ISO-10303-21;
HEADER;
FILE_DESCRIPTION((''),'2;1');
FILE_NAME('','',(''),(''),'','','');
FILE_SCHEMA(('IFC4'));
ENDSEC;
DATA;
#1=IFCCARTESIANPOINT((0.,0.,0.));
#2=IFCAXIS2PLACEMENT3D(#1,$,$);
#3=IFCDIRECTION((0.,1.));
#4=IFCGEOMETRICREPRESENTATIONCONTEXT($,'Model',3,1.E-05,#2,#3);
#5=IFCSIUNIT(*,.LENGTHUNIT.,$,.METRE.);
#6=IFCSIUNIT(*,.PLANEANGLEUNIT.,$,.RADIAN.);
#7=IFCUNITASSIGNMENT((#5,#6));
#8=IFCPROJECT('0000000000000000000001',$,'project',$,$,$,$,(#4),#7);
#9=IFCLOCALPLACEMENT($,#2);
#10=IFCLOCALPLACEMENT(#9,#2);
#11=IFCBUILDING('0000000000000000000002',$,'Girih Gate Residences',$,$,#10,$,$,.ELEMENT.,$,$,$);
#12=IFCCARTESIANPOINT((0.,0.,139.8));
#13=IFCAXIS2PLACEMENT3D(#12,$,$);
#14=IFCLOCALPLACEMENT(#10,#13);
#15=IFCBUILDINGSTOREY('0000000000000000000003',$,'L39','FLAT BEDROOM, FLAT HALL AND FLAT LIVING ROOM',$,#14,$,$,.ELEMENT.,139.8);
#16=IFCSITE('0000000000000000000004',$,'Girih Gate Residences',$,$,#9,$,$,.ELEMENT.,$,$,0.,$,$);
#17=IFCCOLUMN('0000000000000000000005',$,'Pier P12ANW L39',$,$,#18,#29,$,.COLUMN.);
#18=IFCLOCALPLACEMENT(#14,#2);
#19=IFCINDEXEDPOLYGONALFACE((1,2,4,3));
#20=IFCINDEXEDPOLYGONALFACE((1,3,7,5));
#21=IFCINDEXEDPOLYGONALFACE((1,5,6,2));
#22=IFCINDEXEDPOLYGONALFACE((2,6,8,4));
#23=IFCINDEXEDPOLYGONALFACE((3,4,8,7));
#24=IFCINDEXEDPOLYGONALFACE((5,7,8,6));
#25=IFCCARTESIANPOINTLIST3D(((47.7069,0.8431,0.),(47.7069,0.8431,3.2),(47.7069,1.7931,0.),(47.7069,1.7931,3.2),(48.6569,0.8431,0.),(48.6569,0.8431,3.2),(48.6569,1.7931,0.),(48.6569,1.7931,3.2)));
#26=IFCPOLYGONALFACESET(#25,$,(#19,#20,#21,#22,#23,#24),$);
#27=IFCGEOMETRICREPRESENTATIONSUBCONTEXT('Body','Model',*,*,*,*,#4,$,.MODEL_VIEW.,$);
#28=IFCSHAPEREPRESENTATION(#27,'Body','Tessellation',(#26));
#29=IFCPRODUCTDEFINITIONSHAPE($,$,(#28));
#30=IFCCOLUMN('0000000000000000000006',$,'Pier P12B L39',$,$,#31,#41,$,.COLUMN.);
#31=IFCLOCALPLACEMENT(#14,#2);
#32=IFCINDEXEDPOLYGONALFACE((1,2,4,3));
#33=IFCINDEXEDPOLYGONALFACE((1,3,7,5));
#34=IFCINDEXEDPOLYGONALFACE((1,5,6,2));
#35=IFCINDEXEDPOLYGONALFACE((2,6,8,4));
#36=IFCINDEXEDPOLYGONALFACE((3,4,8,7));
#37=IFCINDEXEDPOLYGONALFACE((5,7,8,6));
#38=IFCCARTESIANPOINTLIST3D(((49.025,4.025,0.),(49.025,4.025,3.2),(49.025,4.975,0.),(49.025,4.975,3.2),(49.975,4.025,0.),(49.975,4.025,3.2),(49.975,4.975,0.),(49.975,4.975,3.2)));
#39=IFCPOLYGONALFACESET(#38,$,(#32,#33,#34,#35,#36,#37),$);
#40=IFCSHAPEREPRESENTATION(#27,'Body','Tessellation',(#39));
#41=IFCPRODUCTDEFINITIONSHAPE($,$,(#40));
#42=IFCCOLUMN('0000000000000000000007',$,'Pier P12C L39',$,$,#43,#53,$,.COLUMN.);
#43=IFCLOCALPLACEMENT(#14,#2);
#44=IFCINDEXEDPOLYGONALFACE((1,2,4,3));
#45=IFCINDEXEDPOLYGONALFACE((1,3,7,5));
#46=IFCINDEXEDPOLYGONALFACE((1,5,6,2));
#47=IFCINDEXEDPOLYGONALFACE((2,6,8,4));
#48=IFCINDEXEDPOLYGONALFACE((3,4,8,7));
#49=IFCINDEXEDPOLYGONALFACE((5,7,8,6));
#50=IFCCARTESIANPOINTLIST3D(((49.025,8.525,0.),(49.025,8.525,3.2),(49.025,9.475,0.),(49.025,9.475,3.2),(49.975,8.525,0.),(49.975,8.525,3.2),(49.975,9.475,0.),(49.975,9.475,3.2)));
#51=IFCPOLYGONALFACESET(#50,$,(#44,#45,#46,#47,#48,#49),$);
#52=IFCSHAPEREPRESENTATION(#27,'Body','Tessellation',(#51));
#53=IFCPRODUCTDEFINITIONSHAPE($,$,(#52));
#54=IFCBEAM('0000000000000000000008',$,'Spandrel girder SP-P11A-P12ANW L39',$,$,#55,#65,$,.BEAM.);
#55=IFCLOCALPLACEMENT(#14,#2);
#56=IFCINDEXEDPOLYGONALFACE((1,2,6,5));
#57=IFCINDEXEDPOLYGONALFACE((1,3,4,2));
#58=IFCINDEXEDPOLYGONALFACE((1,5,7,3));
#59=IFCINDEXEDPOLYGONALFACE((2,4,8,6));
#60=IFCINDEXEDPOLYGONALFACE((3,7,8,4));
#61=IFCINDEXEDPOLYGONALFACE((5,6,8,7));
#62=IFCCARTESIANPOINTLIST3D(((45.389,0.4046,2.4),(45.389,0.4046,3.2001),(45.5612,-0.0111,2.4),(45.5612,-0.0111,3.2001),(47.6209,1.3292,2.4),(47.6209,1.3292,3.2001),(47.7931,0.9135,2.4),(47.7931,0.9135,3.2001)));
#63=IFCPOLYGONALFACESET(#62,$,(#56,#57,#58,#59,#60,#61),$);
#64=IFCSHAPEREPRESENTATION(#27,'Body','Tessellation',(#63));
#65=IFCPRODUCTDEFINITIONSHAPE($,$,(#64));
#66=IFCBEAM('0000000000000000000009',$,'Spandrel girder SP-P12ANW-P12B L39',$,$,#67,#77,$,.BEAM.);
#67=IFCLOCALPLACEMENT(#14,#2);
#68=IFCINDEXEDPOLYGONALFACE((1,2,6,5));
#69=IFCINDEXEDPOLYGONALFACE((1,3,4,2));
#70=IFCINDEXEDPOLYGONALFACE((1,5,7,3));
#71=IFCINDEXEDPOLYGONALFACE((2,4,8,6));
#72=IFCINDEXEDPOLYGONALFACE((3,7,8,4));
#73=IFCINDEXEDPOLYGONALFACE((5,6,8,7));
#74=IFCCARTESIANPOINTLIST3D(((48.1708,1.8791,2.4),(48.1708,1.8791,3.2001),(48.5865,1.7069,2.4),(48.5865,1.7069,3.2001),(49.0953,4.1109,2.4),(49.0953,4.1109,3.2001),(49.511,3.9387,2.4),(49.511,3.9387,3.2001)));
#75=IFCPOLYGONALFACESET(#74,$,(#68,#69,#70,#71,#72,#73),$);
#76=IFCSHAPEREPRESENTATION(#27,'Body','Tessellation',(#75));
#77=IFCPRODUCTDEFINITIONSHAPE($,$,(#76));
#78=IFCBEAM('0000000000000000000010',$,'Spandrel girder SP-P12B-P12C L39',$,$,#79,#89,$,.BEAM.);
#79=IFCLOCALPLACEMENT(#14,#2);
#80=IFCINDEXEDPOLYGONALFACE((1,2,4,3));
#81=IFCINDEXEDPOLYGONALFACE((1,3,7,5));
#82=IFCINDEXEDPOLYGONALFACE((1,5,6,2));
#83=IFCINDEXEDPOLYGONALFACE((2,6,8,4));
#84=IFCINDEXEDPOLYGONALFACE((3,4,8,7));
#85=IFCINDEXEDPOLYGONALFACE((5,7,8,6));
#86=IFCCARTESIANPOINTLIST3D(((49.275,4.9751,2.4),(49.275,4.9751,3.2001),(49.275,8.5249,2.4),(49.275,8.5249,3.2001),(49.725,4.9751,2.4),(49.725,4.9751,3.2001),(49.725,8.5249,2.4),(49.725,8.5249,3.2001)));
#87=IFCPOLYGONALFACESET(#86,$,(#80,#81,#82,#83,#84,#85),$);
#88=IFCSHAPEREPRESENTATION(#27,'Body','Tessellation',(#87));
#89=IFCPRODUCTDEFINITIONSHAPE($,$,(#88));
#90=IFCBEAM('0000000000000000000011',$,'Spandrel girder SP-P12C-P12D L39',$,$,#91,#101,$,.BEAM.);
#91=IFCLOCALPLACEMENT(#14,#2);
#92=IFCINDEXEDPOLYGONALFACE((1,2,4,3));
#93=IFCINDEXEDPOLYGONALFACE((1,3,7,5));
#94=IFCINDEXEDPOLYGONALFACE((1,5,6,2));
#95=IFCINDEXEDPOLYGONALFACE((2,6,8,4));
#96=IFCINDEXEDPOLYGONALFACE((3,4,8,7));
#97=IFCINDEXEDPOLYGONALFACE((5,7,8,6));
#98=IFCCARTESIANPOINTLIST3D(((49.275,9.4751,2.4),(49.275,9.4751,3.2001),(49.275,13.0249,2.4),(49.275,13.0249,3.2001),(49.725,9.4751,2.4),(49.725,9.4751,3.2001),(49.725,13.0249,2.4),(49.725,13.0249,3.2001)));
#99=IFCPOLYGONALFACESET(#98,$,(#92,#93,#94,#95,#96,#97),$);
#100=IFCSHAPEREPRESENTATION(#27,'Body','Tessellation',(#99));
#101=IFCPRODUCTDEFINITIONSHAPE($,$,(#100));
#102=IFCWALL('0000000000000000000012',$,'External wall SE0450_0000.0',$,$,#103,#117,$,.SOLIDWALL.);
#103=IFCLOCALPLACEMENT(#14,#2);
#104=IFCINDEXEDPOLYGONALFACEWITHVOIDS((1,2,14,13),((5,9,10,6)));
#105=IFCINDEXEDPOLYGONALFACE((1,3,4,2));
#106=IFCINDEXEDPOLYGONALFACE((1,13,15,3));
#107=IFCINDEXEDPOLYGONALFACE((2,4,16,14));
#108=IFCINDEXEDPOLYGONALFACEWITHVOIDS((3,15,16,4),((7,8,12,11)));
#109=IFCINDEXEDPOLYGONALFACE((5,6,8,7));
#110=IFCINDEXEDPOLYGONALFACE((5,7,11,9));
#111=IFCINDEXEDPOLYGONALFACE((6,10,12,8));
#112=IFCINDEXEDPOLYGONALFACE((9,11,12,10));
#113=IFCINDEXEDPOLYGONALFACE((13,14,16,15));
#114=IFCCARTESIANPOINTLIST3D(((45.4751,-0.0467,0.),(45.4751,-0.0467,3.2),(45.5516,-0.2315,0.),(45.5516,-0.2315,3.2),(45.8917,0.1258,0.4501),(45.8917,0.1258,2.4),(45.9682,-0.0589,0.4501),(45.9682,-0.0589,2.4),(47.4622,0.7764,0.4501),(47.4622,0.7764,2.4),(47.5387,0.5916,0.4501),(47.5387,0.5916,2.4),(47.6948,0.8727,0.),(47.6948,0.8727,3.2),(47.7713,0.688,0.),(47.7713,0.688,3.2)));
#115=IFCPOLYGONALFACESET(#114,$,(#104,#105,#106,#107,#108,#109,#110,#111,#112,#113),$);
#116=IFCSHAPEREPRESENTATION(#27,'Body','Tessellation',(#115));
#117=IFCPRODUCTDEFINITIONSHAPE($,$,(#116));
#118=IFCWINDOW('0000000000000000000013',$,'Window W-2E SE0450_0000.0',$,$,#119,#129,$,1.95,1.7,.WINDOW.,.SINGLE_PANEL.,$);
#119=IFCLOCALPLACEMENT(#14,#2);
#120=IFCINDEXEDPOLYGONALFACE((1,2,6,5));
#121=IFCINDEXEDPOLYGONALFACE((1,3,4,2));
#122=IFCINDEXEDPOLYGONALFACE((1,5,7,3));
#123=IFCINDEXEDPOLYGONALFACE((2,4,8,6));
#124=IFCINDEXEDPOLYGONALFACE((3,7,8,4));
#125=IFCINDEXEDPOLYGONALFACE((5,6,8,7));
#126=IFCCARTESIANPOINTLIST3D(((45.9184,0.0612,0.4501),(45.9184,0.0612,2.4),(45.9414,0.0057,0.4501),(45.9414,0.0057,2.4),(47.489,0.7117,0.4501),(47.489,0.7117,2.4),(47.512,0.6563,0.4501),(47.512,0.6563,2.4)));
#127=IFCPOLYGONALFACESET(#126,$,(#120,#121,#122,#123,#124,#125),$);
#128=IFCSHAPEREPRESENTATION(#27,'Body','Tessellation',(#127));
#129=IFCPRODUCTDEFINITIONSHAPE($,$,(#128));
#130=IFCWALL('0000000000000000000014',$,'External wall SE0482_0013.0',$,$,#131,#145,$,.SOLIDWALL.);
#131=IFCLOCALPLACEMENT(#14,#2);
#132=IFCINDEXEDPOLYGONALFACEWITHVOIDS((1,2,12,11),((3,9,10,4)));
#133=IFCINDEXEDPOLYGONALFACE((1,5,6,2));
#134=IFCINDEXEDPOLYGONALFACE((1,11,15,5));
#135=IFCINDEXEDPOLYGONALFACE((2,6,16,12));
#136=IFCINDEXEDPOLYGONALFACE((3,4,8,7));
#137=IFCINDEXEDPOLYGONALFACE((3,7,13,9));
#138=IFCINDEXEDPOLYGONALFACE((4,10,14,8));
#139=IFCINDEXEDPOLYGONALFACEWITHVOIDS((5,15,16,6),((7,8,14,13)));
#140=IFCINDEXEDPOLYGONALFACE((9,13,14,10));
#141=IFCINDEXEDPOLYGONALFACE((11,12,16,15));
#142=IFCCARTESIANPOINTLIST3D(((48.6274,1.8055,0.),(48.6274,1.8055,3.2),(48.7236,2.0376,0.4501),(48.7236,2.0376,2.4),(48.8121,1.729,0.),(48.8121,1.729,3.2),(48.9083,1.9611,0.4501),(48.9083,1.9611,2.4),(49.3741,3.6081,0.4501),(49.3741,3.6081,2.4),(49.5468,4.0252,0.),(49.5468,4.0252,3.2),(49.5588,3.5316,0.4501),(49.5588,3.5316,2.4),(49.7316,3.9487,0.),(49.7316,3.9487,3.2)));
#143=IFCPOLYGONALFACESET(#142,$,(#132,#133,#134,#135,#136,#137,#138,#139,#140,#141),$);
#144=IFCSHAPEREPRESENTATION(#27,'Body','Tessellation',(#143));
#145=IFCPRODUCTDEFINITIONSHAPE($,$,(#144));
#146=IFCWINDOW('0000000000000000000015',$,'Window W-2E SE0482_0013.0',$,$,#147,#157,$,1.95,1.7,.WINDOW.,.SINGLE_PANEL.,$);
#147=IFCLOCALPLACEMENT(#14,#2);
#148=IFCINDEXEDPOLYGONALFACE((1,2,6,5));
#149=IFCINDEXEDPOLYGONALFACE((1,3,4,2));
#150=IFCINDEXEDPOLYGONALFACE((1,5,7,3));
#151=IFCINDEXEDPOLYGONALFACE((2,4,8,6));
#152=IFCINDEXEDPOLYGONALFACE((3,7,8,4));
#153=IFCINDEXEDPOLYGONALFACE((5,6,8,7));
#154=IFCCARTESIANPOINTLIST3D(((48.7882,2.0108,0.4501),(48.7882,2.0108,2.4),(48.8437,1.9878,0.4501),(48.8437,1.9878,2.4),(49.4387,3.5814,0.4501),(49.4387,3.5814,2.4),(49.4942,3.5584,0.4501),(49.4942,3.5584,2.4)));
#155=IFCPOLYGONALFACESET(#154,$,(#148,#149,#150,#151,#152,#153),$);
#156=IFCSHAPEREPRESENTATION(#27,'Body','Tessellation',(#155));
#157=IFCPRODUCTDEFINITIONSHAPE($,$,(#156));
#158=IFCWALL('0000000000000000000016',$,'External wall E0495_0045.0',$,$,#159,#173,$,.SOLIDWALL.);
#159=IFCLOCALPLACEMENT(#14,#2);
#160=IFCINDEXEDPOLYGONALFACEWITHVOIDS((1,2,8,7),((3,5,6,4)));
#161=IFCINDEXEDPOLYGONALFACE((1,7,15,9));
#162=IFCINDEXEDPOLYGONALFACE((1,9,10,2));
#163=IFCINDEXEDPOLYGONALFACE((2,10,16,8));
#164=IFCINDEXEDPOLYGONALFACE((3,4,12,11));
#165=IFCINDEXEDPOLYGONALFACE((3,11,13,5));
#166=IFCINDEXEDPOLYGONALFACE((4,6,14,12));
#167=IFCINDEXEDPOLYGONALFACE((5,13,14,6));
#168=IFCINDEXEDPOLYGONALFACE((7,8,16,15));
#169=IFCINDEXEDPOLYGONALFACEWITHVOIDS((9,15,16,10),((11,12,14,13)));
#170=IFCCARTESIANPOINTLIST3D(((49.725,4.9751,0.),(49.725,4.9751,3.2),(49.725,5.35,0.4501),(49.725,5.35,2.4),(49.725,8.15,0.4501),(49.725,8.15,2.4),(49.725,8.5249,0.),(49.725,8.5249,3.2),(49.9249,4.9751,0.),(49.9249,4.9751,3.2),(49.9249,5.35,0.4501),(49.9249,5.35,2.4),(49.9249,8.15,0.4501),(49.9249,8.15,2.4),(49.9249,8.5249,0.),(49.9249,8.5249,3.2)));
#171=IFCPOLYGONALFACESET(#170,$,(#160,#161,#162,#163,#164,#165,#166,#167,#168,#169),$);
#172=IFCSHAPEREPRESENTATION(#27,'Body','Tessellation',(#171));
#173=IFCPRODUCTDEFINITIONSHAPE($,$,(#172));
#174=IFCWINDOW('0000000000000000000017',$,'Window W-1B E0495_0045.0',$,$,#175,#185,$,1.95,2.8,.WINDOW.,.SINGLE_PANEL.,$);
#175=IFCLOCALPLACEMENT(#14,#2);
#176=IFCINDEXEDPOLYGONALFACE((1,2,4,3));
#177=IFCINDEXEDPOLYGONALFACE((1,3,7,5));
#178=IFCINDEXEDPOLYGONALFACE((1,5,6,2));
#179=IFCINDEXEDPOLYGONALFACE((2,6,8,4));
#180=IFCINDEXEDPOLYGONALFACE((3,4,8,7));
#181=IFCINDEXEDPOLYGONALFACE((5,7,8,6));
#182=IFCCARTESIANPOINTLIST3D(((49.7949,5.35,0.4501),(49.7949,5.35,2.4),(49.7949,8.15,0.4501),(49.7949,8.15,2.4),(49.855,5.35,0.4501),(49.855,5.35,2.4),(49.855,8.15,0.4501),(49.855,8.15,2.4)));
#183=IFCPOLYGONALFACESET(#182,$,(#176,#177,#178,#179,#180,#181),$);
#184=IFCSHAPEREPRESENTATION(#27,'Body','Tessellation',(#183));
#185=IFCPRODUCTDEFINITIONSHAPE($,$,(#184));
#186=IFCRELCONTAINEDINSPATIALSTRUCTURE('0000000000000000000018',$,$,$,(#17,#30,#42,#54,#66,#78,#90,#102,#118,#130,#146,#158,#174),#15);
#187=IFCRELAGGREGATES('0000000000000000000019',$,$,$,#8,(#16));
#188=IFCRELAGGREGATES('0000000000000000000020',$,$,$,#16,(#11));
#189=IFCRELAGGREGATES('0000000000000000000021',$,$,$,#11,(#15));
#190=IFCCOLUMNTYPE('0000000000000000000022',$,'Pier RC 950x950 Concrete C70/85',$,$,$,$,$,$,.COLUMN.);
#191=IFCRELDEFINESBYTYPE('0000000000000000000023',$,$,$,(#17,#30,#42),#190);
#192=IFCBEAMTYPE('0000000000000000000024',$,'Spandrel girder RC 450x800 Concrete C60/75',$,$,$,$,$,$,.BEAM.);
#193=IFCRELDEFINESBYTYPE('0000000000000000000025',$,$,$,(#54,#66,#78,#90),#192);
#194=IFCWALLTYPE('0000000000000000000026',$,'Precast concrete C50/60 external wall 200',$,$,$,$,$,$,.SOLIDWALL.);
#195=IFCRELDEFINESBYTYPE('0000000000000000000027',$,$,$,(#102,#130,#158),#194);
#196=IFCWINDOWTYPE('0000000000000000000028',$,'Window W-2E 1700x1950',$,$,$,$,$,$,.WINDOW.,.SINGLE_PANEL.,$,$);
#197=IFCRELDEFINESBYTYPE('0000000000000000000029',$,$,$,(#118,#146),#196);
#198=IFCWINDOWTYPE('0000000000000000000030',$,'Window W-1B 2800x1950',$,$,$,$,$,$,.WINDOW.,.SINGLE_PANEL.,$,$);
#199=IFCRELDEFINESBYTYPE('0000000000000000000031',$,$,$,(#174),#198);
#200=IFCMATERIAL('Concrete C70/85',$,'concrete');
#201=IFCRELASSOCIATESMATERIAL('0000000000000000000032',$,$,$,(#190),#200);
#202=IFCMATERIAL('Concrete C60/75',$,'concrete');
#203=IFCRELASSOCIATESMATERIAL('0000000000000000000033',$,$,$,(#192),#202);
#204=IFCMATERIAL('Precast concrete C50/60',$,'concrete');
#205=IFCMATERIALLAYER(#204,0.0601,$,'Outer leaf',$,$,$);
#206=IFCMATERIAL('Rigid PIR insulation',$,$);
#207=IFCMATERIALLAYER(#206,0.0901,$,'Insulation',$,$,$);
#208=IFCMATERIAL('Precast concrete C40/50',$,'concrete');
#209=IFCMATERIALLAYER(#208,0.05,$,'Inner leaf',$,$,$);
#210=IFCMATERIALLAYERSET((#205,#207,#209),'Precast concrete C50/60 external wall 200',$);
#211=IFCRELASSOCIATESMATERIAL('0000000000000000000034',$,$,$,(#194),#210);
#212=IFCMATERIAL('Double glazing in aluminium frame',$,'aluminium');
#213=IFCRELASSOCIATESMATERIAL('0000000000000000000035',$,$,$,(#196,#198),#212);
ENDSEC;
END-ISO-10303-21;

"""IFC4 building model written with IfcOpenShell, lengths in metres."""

from ifc_helpers import new_model, si_unit, direction, frame, frame_2d, origin, origin_2d, place, context, subcontext, project, spatial, rectangle, extrude, material, layer, layer_set, material_profile, profile_set, type_object, element, fill, save


model = new_model("IFC4")

# Units and contexts
model_context = context("Model", 3, precision=1e-05, world=origin(), true_north=direction((0.0, 1.0)))
body_context = subcontext(model_context, "Body", "Model", "MODEL_VIEW")
ifc_project = project(units=[si_unit("LENGTHUNIT", "METRE"), si_unit("PLANEANGLEUNIT", "RADIAN")], contexts=[model_context])

# Site, building, storey
site_placement = place(None, origin())
site = spatial("IfcSite", under=ifc_project, at=site_placement, Name="Girih Gate Residences", CompositionType="ELEMENT", RefElevation=0.0)
building_placement = place(site_placement, origin())
building = spatial("IfcBuilding", under=site, at=building_placement, Name="Girih Gate Residences", CompositionType="ELEMENT")
storey_placement = place(building_placement, frame((0.0, 0.0, 139.8)))
storey = spatial("IfcBuildingStorey", under=building, at=storey_placement, Name="L39", Description="FLAT BEDROOM, FLAT HALL AND FLAT LIVING ROOM", CompositionType="ELEMENT", Elevation=139.8)

# Columns
ifc_material_1 = material(Name="Concrete C70/85", Category="concrete")
ifc_material_profile_1 = material_profile(ifc_material_1, rectangle(XDim=0.95, YDim=0.95, at=origin_2d()))
ifc_profile_set_1 = profile_set([ifc_material_profile_1], Name="Concrete C70/85")
column_type = type_object("IfcColumnType", Name="Pier RC 950x950 Concrete C70/85", PredefinedType="COLUMN", material=ifc_profile_set_1)
for number, where, z_axis, x_axis, name in (
    (1, (48.1819, 1.3181, 0.0), (0.0, 0.0, 1.0), (1.0, 0.0, 0.0), "Pier P12ANW L39"),
    (2, (49.5, 4.5, 0.0), (0.0, 0.0, 1.0), (1.0, 0.0, 0.0), "Pier P12B L39"),
    (3, (49.5, 9.0, 0.0), (0.0, 0.0, 1.0), (1.0, 0.0, 0.0), "Pier P12C L39"),
):
    element("IfcColumn", number, at=place(storey_placement, frame(where, z_axis=z_axis, x_axis=x_axis)), inside=storey, type_object=column_type, Name=name, PredefinedType="COLUMN", context=body_context, shape_type="SweptSolid", body=[
        extrude(rectangle(XDim=0.95, YDim=0.95, at=origin_2d()), origin(), (0.0, 0.0, 1.0), 3.2),
    ])

# Beams
ifc_material_2 = material(Name="Concrete C60/75", Category="concrete")
ifc_material_profile_2 = material_profile(ifc_material_2, rectangle(XDim=0.45, YDim=0.8, at=origin_2d()))
ifc_profile_set_2 = profile_set([ifc_material_profile_2], Name="Concrete C60/75")
beam_type = type_object("IfcBeamType", Name="Spandrel girder RC 450x800 Concrete C60/75", PredefinedType="BEAM", material=ifc_profile_set_2)
for number, where, z_axis, x_axis, name in (
    (4, (45.4751, 0.1968, 2.8), (0.92387, 0.382706, 0.0), (-0.382706, 0.92387, 0.0), "Spandrel girder SP-P11A-P12ANW L39"),
    (5, (48.3787, 1.793, 2.8), (0.382706, 0.92387, 0.0), (-0.92387, 0.382706, 0.0), "Spandrel girder SP-P12ANW-P12B L39"),
):
    element("IfcBeam", number, at=place(storey_placement, frame(where, z_axis=z_axis, x_axis=x_axis)), inside=storey, type_object=beam_type, Name=name, PredefinedType="BEAM", context=body_context, shape_type="SweptSolid", body=[
        extrude(rectangle(XDim=0.45, YDim=0.8, at=origin_2d()), origin(), (0.0, 0.0, 1.0), 2.4158),
    ])
for number, where, z_axis, x_axis, name in (
    (6, (49.5, 4.9751, 2.8), (0.0, 1.0, 0.0), (-1.0, 0.0, 0.0), "Spandrel girder SP-P12B-P12C L39"),
    (7, (49.5, 9.4751, 2.8), (0.0, 1.0, 0.0), (-1.0, 0.0, 0.0), "Spandrel girder SP-P12C-P12D L39"),
):
    element("IfcBeam", number, at=place(storey_placement, frame(where, z_axis=z_axis, x_axis=x_axis)), inside=storey, type_object=beam_type, Name=name, PredefinedType="BEAM", context=body_context, shape_type="SweptSolid", body=[
        extrude(rectangle(XDim=0.45, YDim=0.8, at=origin_2d()), origin(), (0.0, 0.0, 1.0), 3.5498),
    ])

# Walls, openings, windows
ifc_material_3 = material(Name="Precast concrete C50/60", Category="concrete")
ifc_layer_1 = layer(ifc_material_3, 0.0601, Name="Outer leaf")
ifc_material_4 = material(Name="Rigid PIR insulation")
ifc_layer_2 = layer(ifc_material_4, 0.0901, Name="Insulation")
ifc_material_5 = material(Name="Precast concrete C40/50", Category="concrete")
ifc_layer_3 = layer(ifc_material_5, 0.05, Name="Inner leaf")
ifc_layer_set = layer_set([ifc_layer_1, ifc_layer_2, ifc_layer_3], Name="Precast concrete C50/60 external wall 200")
wall_type = type_object("IfcWallType", Name="Precast concrete C50/60 external wall 200", PredefinedType="SOLIDWALL", material=ifc_layer_set)
wall_1_placement = place(storey_placement, frame((47.7329, 0.7803, 0.0), z_axis=(0.0, 0.0, 1.0), x_axis=(-0.923881, -0.382681, 0.0)))
wall_1 = element("IfcWall", 8, at=wall_1_placement, inside=storey, type_object=wall_type, Name="External wall SE0450_0000.0", PredefinedType="SOLIDWALL", context=body_context, shape_type="SweptSolid", body=[
    extrude(rectangle(XDim=2.4026, YDim=0.2, at=frame_2d((1.2012, 0.0))), origin(), (0.0, 0.0, 1.0), 3.2),
])
opening_1_placement = place(wall_1_placement, frame((0.2515, 0.0, 0.45)))
opening_1 = element("IfcOpeningElement", 9, at=opening_1_placement, cuts=wall_1, PredefinedType="OPENING", context=body_context, shape_type="SweptSolid", body=[
    extrude(rectangle(XDim=1.7, YDim=1.95, at=frame_2d((0.8501, 0.9751))), frame((0.0, 0.1099, 0.0), z_axis=(0.0, -1.0, 0.0), x_axis=(1.0, 0.0, 0.0)), (0.0, 0.0, 1.0), 0.22),
])
ifc_material_6 = material(Name="Double glazing in aluminium frame", Category="aluminium")
window_type_1 = type_object("IfcWindowType", Name="Window W-2E 1700x1950", PartitioningType="SINGLE_PANEL", PredefinedType="WINDOW", material=ifc_material_6)
window_1_placement = place(opening_1_placement, origin())
window_1 = element("IfcWindow", 10, at=window_1_placement, inside=storey, type_object=window_type_1, Name="Window W-2E SE0450_0000.0", OverallHeight=1.95, OverallWidth=1.7, PartitioningType="SINGLE_PANEL", PredefinedType="WINDOW", context=body_context, shape_type="SweptSolid", body=[
    extrude(rectangle(XDim=1.7, YDim=1.95, at=frame_2d((0.8501, 0.9751))), frame((0.0, 0.03, 0.0), z_axis=(0.0, -1.0, 0.0), x_axis=(1.0, 0.0, 0.0)), (0.0, 0.0, 1.0), 0.0601),
])
fill(opening_1, window_1)
wall_2_placement = place(storey_placement, frame((49.6392, 3.9868, 0.0), z_axis=(0.0, 0.0, 1.0), x_axis=(-0.382681, -0.923881, 0.0)))
wall_2 = element("IfcWall", 11, at=wall_2_placement, inside=storey, type_object=wall_type, Name="External wall SE0482_0013.0", PredefinedType="SOLIDWALL", context=body_context, shape_type="SweptSolid", body=[
    extrude(rectangle(XDim=2.4026, YDim=0.2, at=frame_2d((1.2012, 0.0))), origin(), (0.0, 0.0, 1.0), 3.2),
])
opening_2_placement = place(wall_2_placement, frame((0.4512, 0.0, 0.45)))
opening_2 = element("IfcOpeningElement", 12, at=opening_2_placement, cuts=wall_2, PredefinedType="OPENING", context=body_context, shape_type="SweptSolid", body=[
    extrude(rectangle(XDim=1.7, YDim=1.95, at=frame_2d((0.8501, 0.9751))), frame((0.0, 0.1099, 0.0), z_axis=(0.0, -1.0, 0.0), x_axis=(1.0, 0.0, 0.0)), (0.0, 0.0, 1.0), 0.22),
])
window_2_placement = place(opening_2_placement, origin())
window_2 = element("IfcWindow", 13, at=window_2_placement, inside=storey, type_object=window_type_1, Name="Window W-2E SE0482_0013.0", OverallHeight=1.95, OverallWidth=1.7, PartitioningType="SINGLE_PANEL", PredefinedType="WINDOW", context=body_context, shape_type="SweptSolid", body=[
    extrude(rectangle(XDim=1.7, YDim=1.95, at=frame_2d((0.8501, 0.9751))), frame((0.0, 0.03, 0.0), z_axis=(0.0, -1.0, 0.0), x_axis=(1.0, 0.0, 0.0)), (0.0, 0.0, 1.0), 0.0601),
])
fill(opening_2, window_2)
wall_3_placement = place(storey_placement, frame((49.825, 8.5249, 0.0), z_axis=(0.0, 0.0, 1.0), x_axis=(0.0, -1.0, 0.0)))
wall_3 = element("IfcWall", 14, at=wall_3_placement, inside=storey, type_object=wall_type, Name="External wall E0495_0045.0", PredefinedType="SOLIDWALL", context=body_context, shape_type="SweptSolid", body=[
    extrude(rectangle(XDim=3.5498, YDim=0.2, at=frame_2d((1.7749, 0.0))), origin(), (0.0, 0.0, 1.0), 3.2),
])
opening_3_placement = place(wall_3_placement, frame((0.375, 0.0, 0.45)))
opening_3 = element("IfcOpeningElement", 15, at=opening_3_placement, cuts=wall_3, PredefinedType="OPENING", context=body_context, shape_type="SweptSolid", body=[
    extrude(rectangle(XDim=2.8, YDim=1.95, at=frame_2d((1.3999, 0.9751))), frame((0.0, 0.1099, 0.0), z_axis=(0.0, -1.0, 0.0), x_axis=(1.0, 0.0, 0.0)), (0.0, 0.0, 1.0), 0.22),
])
window_type_2 = type_object("IfcWindowType", Name="Window W-1B 2800x1950", PartitioningType="SINGLE_PANEL", PredefinedType="WINDOW", material=ifc_material_6)
window_3_placement = place(opening_3_placement, origin())
window_3 = element("IfcWindow", 16, at=window_3_placement, inside=storey, type_object=window_type_2, Name="Window W-1B E0495_0045.0", OverallHeight=1.95, OverallWidth=2.8, PartitioningType="SINGLE_PANEL", PredefinedType="WINDOW", context=body_context, shape_type="SweptSolid", body=[
    extrude(rectangle(XDim=2.8, YDim=1.95, at=frame_2d((1.3999, 0.9751))), frame((0.0, 0.03, 0.0), z_axis=(0.0, -1.0, 0.0), x_axis=(1.0, 0.0, 0.0)), (0.0, 0.0, 1.0), 0.0601),
])
fill(opening_3, window_3)

save(model, "model.ifc")
